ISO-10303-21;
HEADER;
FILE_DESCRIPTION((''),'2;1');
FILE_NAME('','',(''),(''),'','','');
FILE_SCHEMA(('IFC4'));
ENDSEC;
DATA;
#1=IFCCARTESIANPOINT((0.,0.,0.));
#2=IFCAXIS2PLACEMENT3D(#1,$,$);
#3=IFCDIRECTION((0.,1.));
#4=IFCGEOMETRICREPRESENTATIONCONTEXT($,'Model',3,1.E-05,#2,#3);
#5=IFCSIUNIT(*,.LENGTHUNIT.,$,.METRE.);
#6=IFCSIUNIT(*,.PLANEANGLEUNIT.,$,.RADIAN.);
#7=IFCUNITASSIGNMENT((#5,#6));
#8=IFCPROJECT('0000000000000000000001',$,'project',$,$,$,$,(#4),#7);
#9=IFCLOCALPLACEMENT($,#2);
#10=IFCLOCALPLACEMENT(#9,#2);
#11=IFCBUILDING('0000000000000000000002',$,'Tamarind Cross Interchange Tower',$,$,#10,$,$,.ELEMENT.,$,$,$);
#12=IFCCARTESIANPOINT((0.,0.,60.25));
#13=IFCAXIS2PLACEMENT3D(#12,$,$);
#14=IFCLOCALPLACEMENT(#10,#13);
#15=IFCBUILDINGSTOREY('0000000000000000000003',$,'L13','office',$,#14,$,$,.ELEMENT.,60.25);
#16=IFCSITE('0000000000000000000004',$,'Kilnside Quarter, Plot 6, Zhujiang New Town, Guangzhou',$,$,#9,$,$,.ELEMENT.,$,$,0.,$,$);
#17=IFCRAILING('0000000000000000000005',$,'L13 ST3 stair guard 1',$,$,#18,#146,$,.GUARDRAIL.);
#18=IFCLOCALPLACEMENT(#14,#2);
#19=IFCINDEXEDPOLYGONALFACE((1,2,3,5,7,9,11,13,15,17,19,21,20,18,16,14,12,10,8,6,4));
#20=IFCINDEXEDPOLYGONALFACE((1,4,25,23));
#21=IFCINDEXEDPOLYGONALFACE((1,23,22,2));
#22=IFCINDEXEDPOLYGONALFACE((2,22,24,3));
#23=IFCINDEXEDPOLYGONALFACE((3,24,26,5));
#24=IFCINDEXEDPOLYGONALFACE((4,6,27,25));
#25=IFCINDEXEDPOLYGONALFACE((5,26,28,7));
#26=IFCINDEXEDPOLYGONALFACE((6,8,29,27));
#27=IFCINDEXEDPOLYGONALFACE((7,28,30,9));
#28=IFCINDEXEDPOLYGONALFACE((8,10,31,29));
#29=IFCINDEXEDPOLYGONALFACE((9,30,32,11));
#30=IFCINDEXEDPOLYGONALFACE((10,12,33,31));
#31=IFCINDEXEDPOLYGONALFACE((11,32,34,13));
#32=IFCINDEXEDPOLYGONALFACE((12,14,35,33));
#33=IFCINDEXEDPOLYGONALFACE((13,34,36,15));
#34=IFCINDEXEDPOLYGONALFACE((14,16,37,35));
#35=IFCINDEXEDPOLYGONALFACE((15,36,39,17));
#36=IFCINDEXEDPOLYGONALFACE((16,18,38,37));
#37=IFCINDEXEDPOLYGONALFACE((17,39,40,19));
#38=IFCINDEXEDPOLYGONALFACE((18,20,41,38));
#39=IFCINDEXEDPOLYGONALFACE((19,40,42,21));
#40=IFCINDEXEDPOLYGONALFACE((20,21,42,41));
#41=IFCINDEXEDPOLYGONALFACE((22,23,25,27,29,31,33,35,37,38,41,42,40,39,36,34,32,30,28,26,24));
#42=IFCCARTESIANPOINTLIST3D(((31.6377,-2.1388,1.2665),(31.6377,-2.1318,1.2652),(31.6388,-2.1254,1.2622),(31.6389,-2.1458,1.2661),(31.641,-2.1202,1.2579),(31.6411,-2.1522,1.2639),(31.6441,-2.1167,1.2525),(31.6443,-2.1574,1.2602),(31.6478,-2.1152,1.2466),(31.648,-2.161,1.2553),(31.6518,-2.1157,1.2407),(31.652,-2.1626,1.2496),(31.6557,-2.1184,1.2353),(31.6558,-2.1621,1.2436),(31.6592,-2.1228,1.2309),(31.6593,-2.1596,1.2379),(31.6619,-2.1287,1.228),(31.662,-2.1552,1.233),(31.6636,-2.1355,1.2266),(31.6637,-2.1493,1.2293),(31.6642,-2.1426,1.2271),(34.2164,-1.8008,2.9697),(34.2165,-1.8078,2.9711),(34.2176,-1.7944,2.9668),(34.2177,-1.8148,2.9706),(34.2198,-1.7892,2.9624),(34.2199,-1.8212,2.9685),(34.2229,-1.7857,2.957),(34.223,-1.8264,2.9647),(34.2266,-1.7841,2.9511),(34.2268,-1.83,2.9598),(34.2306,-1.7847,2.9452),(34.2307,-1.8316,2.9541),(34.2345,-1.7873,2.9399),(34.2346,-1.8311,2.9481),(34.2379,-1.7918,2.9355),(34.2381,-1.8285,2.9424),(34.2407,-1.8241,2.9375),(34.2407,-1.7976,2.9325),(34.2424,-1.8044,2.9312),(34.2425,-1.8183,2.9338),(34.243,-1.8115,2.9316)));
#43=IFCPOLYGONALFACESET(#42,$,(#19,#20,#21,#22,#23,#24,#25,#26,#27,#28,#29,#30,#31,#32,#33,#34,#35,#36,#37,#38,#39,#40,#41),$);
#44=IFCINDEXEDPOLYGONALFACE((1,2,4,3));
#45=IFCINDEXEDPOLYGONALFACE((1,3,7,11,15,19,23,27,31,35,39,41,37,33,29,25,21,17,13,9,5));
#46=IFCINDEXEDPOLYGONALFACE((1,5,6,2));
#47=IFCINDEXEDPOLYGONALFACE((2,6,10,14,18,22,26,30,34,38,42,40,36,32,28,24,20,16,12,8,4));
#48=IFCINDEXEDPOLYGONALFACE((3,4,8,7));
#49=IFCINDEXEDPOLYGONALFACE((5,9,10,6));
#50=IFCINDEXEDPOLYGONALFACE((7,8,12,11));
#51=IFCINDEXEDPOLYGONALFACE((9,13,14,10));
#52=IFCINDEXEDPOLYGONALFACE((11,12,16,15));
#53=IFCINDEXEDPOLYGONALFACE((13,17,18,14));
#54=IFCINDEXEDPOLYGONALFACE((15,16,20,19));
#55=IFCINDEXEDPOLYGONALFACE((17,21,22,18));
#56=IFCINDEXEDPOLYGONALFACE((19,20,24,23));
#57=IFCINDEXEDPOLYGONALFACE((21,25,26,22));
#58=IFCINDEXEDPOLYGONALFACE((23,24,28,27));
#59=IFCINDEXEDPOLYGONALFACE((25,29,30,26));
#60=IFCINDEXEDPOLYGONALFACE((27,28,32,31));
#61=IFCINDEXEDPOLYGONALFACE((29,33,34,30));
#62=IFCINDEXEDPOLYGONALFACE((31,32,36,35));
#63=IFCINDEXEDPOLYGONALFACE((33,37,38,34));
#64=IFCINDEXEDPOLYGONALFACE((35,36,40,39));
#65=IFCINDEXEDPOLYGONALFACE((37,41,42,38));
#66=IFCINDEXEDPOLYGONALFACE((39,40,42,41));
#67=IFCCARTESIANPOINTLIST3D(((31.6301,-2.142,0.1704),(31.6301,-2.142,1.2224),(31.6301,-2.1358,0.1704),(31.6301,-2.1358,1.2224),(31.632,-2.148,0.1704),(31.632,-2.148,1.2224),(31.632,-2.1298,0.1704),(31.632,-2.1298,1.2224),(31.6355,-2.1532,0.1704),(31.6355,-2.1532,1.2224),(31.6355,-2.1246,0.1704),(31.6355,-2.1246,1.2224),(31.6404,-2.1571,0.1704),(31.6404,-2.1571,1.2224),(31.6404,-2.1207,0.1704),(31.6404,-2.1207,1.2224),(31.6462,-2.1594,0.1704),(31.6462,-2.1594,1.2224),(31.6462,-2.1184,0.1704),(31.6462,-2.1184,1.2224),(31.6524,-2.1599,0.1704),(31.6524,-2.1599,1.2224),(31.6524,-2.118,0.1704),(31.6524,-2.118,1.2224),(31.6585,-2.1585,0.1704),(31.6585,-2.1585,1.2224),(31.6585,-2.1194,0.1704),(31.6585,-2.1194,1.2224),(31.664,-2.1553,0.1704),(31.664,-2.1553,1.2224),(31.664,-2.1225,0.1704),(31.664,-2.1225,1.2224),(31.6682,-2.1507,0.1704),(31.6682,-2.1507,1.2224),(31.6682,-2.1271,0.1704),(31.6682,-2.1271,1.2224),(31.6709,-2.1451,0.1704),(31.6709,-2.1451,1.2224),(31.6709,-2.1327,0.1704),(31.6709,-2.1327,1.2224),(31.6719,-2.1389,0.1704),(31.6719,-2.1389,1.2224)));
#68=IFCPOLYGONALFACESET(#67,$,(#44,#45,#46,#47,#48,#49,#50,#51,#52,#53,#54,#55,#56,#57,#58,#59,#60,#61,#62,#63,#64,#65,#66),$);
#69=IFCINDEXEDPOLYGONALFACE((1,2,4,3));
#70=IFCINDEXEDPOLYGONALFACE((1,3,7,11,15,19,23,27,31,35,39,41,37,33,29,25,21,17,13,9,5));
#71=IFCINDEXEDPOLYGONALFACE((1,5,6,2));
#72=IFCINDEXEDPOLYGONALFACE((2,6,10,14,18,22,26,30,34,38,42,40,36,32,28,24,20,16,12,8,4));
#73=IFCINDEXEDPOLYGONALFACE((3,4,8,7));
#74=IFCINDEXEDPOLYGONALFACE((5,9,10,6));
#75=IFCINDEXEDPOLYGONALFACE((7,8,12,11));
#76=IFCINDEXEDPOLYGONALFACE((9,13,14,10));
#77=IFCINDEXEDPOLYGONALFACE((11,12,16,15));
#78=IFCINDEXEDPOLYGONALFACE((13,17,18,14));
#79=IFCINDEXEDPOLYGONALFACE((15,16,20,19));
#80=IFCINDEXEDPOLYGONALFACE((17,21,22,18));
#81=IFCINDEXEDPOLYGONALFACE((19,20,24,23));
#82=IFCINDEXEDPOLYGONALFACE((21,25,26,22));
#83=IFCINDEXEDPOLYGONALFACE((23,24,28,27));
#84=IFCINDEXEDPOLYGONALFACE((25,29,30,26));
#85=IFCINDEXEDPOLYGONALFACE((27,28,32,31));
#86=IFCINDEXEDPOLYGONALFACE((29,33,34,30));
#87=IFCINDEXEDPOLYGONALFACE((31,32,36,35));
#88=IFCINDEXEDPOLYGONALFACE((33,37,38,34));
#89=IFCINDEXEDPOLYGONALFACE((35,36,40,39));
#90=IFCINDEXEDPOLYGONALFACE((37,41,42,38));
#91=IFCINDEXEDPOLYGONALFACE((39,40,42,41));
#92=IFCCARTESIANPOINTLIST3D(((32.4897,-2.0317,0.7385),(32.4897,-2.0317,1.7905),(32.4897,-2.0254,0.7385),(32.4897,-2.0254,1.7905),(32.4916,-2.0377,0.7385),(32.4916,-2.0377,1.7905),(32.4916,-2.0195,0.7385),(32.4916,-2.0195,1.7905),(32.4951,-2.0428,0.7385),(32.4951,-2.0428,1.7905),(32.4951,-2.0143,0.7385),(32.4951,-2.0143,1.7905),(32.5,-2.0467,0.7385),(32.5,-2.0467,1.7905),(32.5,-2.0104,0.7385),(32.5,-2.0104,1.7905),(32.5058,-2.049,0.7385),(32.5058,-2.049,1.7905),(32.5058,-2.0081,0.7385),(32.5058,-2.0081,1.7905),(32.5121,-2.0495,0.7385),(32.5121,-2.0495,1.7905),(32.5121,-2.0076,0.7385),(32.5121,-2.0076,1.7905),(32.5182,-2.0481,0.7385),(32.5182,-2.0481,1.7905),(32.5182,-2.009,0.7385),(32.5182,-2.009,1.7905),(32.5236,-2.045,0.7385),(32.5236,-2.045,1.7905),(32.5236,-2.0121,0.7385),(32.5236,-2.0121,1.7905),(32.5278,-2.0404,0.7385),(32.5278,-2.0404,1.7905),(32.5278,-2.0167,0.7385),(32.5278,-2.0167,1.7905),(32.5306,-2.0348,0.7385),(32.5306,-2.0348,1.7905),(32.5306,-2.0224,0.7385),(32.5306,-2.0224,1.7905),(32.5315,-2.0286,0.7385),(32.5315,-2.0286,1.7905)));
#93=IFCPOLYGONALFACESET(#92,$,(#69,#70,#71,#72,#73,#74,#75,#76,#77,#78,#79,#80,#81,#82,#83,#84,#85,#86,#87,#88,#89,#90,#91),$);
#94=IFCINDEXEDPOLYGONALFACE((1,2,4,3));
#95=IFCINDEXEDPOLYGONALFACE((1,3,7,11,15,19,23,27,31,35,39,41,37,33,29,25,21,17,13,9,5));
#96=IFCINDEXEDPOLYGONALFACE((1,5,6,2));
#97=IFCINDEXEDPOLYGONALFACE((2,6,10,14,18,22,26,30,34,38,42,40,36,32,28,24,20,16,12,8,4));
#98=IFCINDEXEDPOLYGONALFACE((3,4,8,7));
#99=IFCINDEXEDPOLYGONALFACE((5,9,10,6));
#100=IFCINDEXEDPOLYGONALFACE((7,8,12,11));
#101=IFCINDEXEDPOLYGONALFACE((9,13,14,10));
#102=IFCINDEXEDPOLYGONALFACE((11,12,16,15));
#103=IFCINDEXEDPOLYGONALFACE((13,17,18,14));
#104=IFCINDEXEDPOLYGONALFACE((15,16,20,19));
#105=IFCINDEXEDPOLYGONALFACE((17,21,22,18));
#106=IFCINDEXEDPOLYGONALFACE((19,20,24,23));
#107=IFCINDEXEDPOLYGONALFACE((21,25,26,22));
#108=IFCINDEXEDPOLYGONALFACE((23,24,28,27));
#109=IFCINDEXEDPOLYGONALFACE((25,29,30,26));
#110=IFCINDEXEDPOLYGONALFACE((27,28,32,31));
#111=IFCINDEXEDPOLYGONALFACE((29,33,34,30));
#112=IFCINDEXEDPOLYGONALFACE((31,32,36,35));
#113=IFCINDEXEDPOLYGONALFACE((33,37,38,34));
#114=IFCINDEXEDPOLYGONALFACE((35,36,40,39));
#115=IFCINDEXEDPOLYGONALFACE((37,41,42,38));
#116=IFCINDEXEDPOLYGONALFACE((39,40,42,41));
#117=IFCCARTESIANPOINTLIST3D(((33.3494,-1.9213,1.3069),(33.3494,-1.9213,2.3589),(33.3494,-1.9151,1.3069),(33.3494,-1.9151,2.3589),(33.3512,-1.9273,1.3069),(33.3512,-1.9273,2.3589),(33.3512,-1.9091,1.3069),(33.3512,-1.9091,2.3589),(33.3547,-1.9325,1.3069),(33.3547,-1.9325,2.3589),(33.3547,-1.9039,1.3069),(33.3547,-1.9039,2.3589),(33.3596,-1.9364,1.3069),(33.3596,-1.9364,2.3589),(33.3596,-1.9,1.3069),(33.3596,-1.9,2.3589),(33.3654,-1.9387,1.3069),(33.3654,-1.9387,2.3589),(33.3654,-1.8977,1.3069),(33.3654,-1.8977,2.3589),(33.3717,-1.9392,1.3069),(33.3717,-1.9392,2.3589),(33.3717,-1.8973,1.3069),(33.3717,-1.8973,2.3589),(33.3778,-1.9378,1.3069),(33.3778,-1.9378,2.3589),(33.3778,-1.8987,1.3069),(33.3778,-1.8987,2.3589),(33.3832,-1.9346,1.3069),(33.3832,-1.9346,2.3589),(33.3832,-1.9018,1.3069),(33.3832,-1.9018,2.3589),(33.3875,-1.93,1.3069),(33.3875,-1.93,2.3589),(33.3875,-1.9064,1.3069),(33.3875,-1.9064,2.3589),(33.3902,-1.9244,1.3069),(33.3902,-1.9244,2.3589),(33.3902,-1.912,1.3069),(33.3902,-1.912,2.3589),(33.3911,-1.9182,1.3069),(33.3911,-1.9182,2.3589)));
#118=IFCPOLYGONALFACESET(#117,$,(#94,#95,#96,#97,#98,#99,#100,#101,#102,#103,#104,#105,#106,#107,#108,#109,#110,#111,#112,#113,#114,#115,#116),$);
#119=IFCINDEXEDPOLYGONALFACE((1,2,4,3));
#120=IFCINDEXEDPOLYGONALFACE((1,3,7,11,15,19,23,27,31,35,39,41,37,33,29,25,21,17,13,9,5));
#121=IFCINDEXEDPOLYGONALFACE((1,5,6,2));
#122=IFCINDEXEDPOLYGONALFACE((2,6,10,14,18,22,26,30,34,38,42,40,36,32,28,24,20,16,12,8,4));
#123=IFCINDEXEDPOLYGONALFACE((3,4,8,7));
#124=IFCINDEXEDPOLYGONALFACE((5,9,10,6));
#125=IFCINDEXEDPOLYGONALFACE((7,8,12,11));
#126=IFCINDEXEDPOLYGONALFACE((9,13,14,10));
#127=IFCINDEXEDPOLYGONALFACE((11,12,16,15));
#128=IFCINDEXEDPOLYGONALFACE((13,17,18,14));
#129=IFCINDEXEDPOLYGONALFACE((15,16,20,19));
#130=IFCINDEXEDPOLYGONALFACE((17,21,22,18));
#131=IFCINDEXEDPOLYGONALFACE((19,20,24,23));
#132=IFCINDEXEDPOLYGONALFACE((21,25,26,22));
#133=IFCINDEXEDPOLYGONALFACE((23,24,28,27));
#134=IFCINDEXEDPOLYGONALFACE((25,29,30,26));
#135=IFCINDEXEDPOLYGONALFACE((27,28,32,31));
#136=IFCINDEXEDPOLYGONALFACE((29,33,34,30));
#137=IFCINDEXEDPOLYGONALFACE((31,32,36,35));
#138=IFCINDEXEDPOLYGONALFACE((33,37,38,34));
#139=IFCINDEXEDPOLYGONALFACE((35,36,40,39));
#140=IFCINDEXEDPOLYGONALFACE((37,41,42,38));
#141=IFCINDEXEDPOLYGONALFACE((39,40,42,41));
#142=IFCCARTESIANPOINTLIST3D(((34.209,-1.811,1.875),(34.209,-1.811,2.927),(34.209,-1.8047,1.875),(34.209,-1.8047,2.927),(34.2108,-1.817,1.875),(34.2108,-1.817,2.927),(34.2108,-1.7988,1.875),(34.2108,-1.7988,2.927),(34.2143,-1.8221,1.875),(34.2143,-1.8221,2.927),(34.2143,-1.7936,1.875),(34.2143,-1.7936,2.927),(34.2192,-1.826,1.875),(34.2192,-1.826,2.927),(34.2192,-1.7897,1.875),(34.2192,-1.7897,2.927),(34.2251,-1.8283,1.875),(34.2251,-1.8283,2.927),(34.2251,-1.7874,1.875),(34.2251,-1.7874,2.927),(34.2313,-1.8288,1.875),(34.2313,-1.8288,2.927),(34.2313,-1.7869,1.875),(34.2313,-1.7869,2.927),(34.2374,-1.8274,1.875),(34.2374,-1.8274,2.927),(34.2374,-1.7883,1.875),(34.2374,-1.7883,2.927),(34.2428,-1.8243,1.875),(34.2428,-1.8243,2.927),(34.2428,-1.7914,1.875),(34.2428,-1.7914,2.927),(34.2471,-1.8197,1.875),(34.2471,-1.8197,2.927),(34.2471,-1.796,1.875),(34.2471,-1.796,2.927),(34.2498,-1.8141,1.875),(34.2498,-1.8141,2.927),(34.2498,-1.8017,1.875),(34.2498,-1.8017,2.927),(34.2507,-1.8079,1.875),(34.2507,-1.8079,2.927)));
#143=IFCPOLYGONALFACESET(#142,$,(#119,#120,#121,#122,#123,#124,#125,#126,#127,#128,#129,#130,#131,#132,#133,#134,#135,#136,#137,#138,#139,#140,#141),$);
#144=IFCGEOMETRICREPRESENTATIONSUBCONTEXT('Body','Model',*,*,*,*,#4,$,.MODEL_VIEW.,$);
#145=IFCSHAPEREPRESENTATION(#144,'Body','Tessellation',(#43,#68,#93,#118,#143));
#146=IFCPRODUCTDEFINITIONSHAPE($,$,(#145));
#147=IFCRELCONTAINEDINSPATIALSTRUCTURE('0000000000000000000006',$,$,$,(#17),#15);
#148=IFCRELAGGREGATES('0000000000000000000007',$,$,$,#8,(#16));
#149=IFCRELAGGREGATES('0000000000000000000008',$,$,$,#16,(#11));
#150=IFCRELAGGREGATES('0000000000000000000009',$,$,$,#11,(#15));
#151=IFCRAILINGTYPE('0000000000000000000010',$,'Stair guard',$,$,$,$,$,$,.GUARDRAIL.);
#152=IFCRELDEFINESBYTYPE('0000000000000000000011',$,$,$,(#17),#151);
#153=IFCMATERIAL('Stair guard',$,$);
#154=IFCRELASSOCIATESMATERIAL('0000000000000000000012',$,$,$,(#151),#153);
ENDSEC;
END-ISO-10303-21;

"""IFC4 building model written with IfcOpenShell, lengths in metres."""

from ifc_helpers import new_model, si_unit, direction, frame, origin, origin_2d, place, context, subcontext, project, spatial, circle, extrude, material, type_object, element, save


model = new_model("IFC4")

# Units and contexts
model_context = context("Model", 3, precision=1e-05, world=origin(), true_north=direction((0.0, 1.0)))
body_context = subcontext(model_context, "Body", "Model", "MODEL_VIEW")
ifc_project = project(units=[si_unit("LENGTHUNIT", "METRE"), si_unit("PLANEANGLEUNIT", "RADIAN")], contexts=[model_context])

# Site, building, storey
site_placement = place(None, origin())
site = spatial("IfcSite", under=ifc_project, at=site_placement, Name="Kilnside Quarter, Plot 6, Zhujiang New Town, Guangzhou", CompositionType="ELEMENT", RefElevation=0.0)
building_placement = place(site_placement, origin())
building = spatial("IfcBuilding", under=site, at=building_placement, Name="Tamarind Cross Interchange Tower", CompositionType="ELEMENT")
storey_placement = place(building_placement, frame((0.0, 0.0, 60.25)))
storey = spatial("IfcBuildingStorey", under=building, at=storey_placement, Name="L13", Description="office", CompositionType="ELEMENT", Elevation=60.25)

# Railing
ifc_material_1 = material(Name="Stair guard")
railing_type_1 = type_object("IfcRailingType", Name="Stair guard", PredefinedType="GUARDRAIL", material=ifc_material_1)
railing_1_placement = place(storey_placement, frame((31.6509, -2.1389, 0.1704)))
element("IfcRailing", 1, at=railing_1_placement, inside=storey, type_object=railing_type_1, Name="L13 ST3 stair guard 1", PredefinedType="GUARDRAIL", context=body_context, shape_type="SweptSolid", body=[
    extrude(circle(Radius=0.0239, at=origin_2d()), frame((0.0, 0.0, 1.0762), z_axis=(0.829488, 0.106484, 0.54828), x_axis=(-0.127328, 0.991861, 0.0)), (0.0, 0.0, 1.0), 3.1089),
    extrude(circle(Radius=0.021, at=origin_2d()), origin(), (0.0, 0.0, 1.0), 1.052),
    extrude(circle(Radius=0.021, at=origin_2d()), frame((0.8596, 0.1104, 0.5681)), (0.0, 0.0, 1.0), 1.052),
    extrude(circle(Radius=0.021, at=origin_2d()), frame((1.7192, 0.2207, 1.1365)), (0.0, 0.0, 1.0), 1.052),
    extrude(circle(Radius=0.021, at=origin_2d()), frame((2.5789, 0.3311, 1.7046)), (0.0, 0.0, 1.0), 1.052),
])

save(model, "model.ifc")
